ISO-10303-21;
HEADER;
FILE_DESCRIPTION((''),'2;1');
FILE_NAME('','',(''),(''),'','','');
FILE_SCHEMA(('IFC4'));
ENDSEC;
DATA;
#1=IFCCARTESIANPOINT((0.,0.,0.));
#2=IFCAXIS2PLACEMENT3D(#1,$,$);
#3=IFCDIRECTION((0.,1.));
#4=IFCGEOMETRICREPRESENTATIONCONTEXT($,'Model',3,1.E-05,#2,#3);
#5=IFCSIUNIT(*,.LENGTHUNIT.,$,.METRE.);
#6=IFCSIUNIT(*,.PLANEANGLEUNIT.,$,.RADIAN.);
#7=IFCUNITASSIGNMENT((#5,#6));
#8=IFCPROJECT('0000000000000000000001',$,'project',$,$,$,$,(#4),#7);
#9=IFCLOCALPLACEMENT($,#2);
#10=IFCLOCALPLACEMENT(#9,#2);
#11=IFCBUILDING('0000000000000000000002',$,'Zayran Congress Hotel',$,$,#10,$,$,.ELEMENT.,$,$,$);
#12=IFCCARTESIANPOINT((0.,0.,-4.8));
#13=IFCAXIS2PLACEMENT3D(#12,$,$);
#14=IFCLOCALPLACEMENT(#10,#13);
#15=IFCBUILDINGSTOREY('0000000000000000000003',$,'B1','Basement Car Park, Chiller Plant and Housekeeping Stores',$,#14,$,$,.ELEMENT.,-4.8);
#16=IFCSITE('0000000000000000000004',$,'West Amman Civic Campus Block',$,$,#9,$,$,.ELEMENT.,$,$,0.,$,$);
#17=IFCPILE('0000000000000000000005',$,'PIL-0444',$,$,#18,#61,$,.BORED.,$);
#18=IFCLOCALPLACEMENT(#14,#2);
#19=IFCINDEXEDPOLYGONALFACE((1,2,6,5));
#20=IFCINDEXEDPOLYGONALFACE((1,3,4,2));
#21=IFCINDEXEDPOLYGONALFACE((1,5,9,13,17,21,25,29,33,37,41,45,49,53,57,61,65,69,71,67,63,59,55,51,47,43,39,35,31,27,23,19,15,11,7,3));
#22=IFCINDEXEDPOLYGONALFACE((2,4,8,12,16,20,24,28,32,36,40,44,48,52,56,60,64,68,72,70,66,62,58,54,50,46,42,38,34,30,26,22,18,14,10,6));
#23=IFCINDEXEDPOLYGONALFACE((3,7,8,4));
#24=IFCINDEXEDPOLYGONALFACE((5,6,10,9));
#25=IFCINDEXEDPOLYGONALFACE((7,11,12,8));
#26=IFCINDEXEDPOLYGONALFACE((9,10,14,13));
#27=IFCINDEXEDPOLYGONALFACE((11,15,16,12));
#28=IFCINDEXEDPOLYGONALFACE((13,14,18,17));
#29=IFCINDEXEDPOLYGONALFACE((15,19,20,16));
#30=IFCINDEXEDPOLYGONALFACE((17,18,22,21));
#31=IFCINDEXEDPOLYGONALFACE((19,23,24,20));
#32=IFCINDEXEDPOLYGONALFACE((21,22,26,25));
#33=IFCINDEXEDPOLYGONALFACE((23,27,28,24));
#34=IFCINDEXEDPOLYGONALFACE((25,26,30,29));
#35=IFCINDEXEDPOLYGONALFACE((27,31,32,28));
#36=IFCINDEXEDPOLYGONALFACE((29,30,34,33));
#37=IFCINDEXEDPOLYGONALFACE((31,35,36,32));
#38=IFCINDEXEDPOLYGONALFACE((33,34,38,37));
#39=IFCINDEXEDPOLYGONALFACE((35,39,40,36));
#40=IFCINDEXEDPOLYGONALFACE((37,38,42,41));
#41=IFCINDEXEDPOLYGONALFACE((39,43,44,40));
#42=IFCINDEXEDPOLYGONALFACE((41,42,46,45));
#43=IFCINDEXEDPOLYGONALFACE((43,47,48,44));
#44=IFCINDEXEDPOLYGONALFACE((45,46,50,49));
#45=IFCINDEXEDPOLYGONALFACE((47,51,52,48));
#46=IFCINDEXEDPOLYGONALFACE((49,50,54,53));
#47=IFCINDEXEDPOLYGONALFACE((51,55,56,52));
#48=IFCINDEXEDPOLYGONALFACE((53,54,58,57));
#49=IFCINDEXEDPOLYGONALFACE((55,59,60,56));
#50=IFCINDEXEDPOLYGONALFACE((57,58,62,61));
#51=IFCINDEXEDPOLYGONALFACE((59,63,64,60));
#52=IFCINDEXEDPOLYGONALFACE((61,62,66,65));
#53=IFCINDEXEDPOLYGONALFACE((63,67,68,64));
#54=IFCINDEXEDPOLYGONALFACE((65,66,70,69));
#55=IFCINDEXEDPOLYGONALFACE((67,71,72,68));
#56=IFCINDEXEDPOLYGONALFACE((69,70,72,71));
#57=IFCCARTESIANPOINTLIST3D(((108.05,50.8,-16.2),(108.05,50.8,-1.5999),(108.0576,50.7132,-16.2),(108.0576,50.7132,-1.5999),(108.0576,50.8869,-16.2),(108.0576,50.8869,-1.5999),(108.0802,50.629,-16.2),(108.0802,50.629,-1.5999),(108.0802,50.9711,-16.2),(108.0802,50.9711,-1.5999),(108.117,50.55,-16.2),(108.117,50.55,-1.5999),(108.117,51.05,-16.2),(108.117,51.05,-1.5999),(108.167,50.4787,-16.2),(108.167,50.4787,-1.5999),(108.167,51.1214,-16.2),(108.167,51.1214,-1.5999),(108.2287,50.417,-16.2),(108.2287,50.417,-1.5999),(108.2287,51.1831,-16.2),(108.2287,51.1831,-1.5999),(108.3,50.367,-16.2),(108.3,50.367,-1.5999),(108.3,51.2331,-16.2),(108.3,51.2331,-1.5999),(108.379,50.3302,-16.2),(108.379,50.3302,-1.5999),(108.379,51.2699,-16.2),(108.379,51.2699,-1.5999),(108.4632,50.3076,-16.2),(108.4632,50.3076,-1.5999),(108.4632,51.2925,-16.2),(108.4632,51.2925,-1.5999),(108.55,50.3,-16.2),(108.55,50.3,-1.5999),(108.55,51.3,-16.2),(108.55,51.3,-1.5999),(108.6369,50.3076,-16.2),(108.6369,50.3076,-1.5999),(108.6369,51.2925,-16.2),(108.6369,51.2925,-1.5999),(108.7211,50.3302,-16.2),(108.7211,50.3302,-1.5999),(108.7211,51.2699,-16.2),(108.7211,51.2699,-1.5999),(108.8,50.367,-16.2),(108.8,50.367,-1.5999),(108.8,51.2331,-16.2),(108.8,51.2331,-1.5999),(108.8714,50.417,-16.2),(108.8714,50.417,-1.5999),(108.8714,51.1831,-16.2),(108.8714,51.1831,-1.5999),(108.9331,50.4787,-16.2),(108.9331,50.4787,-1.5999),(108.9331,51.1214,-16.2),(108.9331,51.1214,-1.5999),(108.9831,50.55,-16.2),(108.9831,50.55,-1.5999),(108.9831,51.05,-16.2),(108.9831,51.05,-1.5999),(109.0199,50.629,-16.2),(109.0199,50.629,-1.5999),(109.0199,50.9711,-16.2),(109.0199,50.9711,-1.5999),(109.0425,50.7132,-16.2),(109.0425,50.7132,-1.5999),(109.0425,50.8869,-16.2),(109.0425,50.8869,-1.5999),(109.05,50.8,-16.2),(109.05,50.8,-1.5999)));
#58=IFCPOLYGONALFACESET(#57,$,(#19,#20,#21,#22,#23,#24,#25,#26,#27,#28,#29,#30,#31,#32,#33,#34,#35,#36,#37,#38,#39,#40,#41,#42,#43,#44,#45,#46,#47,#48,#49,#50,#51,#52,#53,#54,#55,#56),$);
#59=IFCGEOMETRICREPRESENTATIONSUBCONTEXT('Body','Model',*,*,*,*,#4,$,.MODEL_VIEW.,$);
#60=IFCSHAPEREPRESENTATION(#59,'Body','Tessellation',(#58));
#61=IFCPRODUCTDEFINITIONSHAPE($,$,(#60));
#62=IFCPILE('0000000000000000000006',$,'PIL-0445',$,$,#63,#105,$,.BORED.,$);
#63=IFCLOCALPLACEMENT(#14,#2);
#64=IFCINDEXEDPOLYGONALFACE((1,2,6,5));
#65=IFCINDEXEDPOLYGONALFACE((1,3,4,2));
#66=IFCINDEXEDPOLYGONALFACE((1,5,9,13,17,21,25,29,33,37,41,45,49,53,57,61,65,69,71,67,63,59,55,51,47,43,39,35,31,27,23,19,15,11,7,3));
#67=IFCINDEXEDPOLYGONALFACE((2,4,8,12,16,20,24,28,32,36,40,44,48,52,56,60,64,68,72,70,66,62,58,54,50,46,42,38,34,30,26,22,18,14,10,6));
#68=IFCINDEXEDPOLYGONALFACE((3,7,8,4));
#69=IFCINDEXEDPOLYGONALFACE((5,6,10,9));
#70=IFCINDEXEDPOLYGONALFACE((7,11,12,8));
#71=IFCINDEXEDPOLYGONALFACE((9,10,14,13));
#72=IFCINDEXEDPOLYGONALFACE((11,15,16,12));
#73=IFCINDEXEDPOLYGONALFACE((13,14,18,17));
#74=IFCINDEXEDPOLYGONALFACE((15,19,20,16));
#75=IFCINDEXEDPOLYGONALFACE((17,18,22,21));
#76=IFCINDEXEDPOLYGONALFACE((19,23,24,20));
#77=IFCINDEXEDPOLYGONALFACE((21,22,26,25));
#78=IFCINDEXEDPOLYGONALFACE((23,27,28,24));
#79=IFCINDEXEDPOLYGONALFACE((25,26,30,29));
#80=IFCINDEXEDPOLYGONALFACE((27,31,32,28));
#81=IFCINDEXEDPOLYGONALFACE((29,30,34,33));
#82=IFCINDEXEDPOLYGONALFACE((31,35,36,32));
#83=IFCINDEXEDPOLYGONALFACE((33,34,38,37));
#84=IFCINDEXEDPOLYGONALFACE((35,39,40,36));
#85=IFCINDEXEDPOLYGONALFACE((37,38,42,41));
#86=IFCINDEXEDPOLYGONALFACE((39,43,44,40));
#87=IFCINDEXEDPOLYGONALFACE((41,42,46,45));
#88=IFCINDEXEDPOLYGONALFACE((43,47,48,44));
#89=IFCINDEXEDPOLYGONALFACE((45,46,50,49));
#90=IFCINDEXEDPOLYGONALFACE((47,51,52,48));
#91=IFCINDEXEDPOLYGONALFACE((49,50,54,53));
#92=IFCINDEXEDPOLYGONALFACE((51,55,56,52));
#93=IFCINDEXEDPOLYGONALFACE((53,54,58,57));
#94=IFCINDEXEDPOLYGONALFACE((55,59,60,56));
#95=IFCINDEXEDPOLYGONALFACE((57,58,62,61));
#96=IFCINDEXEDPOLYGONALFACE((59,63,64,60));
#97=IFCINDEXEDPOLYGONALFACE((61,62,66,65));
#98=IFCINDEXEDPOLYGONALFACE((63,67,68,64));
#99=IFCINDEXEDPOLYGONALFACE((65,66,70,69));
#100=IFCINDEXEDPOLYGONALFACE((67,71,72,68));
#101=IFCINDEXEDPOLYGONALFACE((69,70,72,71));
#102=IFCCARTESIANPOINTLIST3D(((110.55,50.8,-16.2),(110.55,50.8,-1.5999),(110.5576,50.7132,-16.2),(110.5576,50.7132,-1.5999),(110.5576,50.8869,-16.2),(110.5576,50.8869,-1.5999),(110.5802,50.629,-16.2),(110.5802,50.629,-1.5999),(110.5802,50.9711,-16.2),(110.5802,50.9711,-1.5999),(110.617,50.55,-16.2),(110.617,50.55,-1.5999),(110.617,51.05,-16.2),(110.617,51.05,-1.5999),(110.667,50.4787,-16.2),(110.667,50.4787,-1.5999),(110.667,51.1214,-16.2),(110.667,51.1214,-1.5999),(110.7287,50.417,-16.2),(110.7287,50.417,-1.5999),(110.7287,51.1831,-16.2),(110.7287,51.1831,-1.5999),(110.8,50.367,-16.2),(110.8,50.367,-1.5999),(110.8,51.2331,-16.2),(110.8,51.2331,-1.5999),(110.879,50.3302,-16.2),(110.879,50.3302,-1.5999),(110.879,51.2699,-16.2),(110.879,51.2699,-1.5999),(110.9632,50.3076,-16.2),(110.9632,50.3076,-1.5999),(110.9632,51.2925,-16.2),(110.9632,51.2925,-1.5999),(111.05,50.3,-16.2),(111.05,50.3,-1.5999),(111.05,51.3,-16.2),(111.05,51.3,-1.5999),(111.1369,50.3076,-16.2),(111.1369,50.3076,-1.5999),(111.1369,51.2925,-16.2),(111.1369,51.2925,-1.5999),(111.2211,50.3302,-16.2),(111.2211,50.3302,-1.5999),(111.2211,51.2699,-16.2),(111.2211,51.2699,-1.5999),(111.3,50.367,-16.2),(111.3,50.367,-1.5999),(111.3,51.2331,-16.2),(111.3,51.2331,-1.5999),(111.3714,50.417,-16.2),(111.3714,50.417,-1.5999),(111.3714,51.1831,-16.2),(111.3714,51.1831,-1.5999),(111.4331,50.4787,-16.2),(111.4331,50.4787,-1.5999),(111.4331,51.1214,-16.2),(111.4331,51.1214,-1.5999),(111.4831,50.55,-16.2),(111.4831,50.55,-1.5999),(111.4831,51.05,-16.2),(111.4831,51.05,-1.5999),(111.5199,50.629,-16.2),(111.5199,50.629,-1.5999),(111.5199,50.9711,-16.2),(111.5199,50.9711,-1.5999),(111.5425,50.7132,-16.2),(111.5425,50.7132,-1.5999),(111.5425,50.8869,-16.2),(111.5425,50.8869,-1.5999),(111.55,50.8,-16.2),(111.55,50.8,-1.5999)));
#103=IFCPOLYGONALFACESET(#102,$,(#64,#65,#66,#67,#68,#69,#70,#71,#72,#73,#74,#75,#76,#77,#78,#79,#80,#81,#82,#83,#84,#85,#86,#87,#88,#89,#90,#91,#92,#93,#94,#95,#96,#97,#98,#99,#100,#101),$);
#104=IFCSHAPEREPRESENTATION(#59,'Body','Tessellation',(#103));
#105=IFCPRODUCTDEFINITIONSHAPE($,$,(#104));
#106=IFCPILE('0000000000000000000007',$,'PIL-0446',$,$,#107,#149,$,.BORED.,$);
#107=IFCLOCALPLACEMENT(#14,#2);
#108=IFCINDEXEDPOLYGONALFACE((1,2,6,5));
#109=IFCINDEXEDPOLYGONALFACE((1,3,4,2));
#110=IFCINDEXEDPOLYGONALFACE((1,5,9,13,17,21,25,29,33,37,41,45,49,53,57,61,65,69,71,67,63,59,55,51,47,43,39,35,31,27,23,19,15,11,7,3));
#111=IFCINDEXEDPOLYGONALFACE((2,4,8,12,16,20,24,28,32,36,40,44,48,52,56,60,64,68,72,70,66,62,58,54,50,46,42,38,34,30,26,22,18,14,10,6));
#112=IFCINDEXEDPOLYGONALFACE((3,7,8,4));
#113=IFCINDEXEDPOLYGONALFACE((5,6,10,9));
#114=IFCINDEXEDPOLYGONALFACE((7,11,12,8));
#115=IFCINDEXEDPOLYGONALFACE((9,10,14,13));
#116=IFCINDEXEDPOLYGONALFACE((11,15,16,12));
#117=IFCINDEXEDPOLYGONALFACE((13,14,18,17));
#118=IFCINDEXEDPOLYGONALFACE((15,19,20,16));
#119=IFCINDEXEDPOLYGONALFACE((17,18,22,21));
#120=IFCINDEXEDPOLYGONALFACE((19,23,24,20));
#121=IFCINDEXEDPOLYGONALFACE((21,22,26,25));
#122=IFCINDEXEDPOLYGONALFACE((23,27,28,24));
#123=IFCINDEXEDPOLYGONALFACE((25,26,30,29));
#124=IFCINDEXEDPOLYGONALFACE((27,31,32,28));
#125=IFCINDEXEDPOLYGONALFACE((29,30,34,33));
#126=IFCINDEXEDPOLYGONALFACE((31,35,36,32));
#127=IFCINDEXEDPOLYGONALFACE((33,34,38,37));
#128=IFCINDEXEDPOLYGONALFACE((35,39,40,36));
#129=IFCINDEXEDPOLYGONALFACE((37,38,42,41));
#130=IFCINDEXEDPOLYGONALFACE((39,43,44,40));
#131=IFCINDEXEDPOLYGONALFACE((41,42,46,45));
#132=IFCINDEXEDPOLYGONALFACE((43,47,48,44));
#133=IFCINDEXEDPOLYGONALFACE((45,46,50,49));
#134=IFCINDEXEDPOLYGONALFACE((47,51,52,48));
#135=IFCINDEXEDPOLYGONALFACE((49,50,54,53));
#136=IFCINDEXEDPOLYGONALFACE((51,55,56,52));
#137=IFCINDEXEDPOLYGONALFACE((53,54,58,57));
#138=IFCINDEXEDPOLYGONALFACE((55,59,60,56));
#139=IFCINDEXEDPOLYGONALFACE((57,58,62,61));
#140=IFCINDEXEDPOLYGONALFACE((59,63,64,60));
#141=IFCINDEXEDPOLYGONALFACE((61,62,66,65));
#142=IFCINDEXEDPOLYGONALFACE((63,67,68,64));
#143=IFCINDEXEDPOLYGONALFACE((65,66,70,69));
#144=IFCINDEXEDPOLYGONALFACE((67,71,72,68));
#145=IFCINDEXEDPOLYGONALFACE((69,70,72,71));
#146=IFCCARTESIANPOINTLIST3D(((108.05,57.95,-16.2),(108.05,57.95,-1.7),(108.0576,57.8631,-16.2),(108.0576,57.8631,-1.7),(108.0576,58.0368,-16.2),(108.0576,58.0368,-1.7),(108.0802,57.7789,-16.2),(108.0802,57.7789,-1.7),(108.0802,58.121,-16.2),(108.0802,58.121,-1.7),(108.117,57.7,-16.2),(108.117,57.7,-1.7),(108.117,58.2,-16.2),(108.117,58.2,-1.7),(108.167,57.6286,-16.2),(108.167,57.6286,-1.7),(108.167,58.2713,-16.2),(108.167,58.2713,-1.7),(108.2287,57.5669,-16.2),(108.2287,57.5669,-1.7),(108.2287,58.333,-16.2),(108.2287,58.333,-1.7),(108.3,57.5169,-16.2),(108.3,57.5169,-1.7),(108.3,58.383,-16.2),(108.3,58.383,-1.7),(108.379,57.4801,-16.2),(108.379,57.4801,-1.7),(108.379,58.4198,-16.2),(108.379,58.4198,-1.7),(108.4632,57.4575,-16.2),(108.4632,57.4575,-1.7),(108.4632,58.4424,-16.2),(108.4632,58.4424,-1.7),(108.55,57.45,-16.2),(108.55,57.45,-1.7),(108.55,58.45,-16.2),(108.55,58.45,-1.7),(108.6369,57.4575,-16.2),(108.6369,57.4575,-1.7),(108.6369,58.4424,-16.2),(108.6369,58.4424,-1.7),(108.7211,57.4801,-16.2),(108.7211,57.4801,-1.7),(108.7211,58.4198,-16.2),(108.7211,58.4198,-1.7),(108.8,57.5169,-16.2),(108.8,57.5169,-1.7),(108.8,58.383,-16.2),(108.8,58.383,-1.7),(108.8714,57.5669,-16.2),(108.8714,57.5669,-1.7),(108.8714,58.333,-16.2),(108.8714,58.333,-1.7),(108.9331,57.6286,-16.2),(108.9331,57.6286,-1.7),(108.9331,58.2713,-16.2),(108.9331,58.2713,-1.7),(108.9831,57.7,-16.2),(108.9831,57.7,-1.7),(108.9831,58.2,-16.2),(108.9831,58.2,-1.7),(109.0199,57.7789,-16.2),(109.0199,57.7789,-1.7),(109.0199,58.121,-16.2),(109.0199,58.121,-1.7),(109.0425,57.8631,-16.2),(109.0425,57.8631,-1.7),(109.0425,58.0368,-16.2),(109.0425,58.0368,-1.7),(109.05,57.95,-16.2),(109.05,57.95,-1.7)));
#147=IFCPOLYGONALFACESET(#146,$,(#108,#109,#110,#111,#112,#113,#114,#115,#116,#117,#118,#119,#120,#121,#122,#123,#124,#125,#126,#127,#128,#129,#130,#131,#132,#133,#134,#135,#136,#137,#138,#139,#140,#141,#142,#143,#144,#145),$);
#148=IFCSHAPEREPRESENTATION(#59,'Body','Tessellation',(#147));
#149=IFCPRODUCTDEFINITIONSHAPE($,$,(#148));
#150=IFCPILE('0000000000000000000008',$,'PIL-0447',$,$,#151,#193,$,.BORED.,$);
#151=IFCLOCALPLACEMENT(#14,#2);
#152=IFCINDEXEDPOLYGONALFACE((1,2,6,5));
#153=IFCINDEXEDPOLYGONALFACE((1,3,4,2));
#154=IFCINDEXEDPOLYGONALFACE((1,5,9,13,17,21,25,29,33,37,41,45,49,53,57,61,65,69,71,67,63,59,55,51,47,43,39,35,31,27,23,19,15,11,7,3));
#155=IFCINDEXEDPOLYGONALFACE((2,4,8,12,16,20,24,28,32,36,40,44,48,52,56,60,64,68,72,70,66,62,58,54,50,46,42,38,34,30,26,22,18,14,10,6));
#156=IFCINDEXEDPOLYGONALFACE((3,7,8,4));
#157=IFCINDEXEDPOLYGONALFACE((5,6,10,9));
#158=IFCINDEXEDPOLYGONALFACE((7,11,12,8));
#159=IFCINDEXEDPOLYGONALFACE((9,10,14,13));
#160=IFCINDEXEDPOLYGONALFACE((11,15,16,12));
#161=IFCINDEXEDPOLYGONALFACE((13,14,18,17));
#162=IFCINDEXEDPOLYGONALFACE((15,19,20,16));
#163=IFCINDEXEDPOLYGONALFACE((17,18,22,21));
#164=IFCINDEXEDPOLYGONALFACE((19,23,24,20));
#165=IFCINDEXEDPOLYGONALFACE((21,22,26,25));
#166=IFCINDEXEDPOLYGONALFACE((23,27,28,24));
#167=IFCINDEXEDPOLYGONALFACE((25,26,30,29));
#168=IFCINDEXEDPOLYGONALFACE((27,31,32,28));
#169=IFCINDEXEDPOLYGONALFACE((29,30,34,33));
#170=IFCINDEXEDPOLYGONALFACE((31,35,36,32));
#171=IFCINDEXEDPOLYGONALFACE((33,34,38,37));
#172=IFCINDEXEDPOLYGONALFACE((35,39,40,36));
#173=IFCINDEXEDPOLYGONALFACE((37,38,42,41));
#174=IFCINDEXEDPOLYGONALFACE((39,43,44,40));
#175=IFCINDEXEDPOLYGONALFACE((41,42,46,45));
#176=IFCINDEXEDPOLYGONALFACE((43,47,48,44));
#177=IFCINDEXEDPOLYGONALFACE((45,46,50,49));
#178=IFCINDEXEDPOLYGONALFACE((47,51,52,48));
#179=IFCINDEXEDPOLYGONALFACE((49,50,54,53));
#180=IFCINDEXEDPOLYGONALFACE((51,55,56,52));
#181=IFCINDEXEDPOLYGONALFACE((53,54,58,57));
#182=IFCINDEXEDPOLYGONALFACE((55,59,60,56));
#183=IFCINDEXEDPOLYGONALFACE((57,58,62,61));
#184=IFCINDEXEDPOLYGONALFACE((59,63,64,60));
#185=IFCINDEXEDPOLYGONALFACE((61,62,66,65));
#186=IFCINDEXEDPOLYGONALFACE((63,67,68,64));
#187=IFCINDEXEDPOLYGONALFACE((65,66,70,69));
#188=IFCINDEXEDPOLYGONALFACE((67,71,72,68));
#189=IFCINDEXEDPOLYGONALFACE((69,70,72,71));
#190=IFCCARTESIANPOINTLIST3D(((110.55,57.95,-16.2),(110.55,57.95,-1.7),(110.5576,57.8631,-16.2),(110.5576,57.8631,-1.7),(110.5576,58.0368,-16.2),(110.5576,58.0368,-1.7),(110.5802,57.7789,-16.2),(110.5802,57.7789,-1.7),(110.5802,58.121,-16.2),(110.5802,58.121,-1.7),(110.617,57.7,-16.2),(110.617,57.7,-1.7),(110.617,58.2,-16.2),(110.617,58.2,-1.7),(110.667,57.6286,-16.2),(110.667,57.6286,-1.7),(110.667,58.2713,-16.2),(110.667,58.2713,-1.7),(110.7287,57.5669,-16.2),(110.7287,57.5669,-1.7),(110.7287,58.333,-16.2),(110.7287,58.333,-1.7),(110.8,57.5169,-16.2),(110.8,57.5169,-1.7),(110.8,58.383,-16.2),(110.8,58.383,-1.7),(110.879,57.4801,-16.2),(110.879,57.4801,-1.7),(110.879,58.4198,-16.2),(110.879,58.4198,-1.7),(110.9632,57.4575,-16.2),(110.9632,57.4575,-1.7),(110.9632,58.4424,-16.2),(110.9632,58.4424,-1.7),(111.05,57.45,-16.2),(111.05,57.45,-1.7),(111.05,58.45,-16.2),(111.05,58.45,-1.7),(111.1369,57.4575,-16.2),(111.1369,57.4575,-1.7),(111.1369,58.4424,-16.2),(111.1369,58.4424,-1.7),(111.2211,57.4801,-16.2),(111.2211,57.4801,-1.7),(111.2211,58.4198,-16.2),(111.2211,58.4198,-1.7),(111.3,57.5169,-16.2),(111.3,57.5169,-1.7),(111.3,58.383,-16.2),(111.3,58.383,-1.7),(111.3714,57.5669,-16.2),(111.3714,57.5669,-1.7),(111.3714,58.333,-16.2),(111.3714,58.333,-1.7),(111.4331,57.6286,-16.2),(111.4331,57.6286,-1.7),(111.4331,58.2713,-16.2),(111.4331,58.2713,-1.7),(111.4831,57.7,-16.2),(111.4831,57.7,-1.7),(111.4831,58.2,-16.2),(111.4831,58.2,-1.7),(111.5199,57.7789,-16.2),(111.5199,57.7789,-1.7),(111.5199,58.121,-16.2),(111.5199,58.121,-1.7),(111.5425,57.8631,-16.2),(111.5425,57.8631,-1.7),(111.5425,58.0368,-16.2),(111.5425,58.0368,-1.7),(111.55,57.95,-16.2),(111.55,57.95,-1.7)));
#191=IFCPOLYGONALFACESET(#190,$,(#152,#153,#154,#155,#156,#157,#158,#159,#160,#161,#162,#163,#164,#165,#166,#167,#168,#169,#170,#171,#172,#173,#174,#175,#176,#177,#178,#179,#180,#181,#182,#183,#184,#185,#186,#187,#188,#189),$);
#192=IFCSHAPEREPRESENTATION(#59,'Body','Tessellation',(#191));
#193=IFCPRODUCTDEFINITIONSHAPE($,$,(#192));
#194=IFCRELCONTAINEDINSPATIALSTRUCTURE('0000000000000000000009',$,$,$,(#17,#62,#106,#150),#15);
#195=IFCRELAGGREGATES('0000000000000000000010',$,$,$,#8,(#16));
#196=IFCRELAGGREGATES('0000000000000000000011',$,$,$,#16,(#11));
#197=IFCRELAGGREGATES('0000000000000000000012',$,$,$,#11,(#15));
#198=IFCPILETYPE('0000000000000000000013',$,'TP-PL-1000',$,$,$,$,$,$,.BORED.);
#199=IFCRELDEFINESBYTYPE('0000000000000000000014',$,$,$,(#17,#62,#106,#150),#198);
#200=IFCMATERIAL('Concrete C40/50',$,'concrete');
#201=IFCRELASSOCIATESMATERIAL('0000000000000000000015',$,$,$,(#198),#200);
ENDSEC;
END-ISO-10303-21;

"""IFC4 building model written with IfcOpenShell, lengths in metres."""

from ifc_helpers import new_model, si_unit, direction, frame, origin, origin_2d, place, context, subcontext, project, spatial, circle, extrude, material, material_profile, profile_set, type_object, element, save


model = new_model("IFC4")

# Units and contexts
model_context = context("Model", 3, precision=1e-05, world=origin(), true_north=direction((0.0, 1.0)))
body_context = subcontext(model_context, "Body", "Model", "MODEL_VIEW")
ifc_project = project(units=[si_unit("LENGTHUNIT", "METRE"), si_unit("PLANEANGLEUNIT", "RADIAN")], contexts=[model_context])

# Site, building, storey
site_placement = place(None, origin())
site = spatial("IfcSite", under=ifc_project, at=site_placement, Name="West Amman Civic Campus Block", CompositionType="ELEMENT", RefElevation=0.0)
building_placement = place(site_placement, origin())
building = spatial("IfcBuilding", under=site, at=building_placement, Name="Zayran Congress Hotel", CompositionType="ELEMENT")
storey_placement = place(building_placement, frame((0.0, 0.0, -4.8)))
storey = spatial("IfcBuildingStorey", under=building, at=storey_placement, Name="B1", Description="Basement Car Park, Chiller Plant and Housekeeping Stores", CompositionType="ELEMENT", Elevation=-4.8)

# Piles
ifc_material_1 = material(Name="Concrete C40/50", Category="concrete")
ifc_material_profile_1 = material_profile(ifc_material_1, circle(Radius=0.5, at=origin_2d()), Name="PILE D1000")
ifc_profile_set_1 = profile_set([ifc_material_profile_1], Name="Concrete C40/50")
pile_type_1 = type_object("IfcPileType", Name="TP-PL-1000", PredefinedType="BORED", material=ifc_profile_set_1)
for number, where, z_axis, x_axis, name in (
    (1, (108.55, 50.8, -1.5999), (0.0, 0.0, -1.0), (1.0, 0.0, 0.0), "PIL-0444"),
    (2, (111.05, 50.8, -1.5999), (0.0, 0.0, -1.0), (1.0, 0.0, 0.0), "PIL-0445"),
):
    element("IfcPile", number, at=place(storey_placement, frame(where, z_axis=z_axis, x_axis=x_axis)), inside=storey, type_object=pile_type_1, Name=name, PredefinedType="BORED", context=body_context, shape_type="SweptSolid", body=[
        extrude(circle(Radius=0.5, at=origin_2d()), origin(), (0.0, 0.0, 1.0), 14.6001),
    ])
for number, where, z_axis, x_axis, name in (
    (3, (108.55, 57.95, -1.7), (0.0, 0.0, -1.0), (1.0, 0.0, 0.0), "PIL-0446"),
    (4, (111.05, 57.95, -1.7), (0.0, 0.0, -1.0), (1.0, 0.0, 0.0), "PIL-0447"),
):
    element("IfcPile", number, at=place(storey_placement, frame(where, z_axis=z_axis, x_axis=x_axis)), inside=storey, type_object=pile_type_1, Name=name, PredefinedType="BORED", context=body_context, shape_type="SweptSolid", body=[
        extrude(circle(Radius=0.5, at=origin_2d()), origin(), (0.0, 0.0, 1.0), 14.5),
    ])

save(model, "model.ifc")
